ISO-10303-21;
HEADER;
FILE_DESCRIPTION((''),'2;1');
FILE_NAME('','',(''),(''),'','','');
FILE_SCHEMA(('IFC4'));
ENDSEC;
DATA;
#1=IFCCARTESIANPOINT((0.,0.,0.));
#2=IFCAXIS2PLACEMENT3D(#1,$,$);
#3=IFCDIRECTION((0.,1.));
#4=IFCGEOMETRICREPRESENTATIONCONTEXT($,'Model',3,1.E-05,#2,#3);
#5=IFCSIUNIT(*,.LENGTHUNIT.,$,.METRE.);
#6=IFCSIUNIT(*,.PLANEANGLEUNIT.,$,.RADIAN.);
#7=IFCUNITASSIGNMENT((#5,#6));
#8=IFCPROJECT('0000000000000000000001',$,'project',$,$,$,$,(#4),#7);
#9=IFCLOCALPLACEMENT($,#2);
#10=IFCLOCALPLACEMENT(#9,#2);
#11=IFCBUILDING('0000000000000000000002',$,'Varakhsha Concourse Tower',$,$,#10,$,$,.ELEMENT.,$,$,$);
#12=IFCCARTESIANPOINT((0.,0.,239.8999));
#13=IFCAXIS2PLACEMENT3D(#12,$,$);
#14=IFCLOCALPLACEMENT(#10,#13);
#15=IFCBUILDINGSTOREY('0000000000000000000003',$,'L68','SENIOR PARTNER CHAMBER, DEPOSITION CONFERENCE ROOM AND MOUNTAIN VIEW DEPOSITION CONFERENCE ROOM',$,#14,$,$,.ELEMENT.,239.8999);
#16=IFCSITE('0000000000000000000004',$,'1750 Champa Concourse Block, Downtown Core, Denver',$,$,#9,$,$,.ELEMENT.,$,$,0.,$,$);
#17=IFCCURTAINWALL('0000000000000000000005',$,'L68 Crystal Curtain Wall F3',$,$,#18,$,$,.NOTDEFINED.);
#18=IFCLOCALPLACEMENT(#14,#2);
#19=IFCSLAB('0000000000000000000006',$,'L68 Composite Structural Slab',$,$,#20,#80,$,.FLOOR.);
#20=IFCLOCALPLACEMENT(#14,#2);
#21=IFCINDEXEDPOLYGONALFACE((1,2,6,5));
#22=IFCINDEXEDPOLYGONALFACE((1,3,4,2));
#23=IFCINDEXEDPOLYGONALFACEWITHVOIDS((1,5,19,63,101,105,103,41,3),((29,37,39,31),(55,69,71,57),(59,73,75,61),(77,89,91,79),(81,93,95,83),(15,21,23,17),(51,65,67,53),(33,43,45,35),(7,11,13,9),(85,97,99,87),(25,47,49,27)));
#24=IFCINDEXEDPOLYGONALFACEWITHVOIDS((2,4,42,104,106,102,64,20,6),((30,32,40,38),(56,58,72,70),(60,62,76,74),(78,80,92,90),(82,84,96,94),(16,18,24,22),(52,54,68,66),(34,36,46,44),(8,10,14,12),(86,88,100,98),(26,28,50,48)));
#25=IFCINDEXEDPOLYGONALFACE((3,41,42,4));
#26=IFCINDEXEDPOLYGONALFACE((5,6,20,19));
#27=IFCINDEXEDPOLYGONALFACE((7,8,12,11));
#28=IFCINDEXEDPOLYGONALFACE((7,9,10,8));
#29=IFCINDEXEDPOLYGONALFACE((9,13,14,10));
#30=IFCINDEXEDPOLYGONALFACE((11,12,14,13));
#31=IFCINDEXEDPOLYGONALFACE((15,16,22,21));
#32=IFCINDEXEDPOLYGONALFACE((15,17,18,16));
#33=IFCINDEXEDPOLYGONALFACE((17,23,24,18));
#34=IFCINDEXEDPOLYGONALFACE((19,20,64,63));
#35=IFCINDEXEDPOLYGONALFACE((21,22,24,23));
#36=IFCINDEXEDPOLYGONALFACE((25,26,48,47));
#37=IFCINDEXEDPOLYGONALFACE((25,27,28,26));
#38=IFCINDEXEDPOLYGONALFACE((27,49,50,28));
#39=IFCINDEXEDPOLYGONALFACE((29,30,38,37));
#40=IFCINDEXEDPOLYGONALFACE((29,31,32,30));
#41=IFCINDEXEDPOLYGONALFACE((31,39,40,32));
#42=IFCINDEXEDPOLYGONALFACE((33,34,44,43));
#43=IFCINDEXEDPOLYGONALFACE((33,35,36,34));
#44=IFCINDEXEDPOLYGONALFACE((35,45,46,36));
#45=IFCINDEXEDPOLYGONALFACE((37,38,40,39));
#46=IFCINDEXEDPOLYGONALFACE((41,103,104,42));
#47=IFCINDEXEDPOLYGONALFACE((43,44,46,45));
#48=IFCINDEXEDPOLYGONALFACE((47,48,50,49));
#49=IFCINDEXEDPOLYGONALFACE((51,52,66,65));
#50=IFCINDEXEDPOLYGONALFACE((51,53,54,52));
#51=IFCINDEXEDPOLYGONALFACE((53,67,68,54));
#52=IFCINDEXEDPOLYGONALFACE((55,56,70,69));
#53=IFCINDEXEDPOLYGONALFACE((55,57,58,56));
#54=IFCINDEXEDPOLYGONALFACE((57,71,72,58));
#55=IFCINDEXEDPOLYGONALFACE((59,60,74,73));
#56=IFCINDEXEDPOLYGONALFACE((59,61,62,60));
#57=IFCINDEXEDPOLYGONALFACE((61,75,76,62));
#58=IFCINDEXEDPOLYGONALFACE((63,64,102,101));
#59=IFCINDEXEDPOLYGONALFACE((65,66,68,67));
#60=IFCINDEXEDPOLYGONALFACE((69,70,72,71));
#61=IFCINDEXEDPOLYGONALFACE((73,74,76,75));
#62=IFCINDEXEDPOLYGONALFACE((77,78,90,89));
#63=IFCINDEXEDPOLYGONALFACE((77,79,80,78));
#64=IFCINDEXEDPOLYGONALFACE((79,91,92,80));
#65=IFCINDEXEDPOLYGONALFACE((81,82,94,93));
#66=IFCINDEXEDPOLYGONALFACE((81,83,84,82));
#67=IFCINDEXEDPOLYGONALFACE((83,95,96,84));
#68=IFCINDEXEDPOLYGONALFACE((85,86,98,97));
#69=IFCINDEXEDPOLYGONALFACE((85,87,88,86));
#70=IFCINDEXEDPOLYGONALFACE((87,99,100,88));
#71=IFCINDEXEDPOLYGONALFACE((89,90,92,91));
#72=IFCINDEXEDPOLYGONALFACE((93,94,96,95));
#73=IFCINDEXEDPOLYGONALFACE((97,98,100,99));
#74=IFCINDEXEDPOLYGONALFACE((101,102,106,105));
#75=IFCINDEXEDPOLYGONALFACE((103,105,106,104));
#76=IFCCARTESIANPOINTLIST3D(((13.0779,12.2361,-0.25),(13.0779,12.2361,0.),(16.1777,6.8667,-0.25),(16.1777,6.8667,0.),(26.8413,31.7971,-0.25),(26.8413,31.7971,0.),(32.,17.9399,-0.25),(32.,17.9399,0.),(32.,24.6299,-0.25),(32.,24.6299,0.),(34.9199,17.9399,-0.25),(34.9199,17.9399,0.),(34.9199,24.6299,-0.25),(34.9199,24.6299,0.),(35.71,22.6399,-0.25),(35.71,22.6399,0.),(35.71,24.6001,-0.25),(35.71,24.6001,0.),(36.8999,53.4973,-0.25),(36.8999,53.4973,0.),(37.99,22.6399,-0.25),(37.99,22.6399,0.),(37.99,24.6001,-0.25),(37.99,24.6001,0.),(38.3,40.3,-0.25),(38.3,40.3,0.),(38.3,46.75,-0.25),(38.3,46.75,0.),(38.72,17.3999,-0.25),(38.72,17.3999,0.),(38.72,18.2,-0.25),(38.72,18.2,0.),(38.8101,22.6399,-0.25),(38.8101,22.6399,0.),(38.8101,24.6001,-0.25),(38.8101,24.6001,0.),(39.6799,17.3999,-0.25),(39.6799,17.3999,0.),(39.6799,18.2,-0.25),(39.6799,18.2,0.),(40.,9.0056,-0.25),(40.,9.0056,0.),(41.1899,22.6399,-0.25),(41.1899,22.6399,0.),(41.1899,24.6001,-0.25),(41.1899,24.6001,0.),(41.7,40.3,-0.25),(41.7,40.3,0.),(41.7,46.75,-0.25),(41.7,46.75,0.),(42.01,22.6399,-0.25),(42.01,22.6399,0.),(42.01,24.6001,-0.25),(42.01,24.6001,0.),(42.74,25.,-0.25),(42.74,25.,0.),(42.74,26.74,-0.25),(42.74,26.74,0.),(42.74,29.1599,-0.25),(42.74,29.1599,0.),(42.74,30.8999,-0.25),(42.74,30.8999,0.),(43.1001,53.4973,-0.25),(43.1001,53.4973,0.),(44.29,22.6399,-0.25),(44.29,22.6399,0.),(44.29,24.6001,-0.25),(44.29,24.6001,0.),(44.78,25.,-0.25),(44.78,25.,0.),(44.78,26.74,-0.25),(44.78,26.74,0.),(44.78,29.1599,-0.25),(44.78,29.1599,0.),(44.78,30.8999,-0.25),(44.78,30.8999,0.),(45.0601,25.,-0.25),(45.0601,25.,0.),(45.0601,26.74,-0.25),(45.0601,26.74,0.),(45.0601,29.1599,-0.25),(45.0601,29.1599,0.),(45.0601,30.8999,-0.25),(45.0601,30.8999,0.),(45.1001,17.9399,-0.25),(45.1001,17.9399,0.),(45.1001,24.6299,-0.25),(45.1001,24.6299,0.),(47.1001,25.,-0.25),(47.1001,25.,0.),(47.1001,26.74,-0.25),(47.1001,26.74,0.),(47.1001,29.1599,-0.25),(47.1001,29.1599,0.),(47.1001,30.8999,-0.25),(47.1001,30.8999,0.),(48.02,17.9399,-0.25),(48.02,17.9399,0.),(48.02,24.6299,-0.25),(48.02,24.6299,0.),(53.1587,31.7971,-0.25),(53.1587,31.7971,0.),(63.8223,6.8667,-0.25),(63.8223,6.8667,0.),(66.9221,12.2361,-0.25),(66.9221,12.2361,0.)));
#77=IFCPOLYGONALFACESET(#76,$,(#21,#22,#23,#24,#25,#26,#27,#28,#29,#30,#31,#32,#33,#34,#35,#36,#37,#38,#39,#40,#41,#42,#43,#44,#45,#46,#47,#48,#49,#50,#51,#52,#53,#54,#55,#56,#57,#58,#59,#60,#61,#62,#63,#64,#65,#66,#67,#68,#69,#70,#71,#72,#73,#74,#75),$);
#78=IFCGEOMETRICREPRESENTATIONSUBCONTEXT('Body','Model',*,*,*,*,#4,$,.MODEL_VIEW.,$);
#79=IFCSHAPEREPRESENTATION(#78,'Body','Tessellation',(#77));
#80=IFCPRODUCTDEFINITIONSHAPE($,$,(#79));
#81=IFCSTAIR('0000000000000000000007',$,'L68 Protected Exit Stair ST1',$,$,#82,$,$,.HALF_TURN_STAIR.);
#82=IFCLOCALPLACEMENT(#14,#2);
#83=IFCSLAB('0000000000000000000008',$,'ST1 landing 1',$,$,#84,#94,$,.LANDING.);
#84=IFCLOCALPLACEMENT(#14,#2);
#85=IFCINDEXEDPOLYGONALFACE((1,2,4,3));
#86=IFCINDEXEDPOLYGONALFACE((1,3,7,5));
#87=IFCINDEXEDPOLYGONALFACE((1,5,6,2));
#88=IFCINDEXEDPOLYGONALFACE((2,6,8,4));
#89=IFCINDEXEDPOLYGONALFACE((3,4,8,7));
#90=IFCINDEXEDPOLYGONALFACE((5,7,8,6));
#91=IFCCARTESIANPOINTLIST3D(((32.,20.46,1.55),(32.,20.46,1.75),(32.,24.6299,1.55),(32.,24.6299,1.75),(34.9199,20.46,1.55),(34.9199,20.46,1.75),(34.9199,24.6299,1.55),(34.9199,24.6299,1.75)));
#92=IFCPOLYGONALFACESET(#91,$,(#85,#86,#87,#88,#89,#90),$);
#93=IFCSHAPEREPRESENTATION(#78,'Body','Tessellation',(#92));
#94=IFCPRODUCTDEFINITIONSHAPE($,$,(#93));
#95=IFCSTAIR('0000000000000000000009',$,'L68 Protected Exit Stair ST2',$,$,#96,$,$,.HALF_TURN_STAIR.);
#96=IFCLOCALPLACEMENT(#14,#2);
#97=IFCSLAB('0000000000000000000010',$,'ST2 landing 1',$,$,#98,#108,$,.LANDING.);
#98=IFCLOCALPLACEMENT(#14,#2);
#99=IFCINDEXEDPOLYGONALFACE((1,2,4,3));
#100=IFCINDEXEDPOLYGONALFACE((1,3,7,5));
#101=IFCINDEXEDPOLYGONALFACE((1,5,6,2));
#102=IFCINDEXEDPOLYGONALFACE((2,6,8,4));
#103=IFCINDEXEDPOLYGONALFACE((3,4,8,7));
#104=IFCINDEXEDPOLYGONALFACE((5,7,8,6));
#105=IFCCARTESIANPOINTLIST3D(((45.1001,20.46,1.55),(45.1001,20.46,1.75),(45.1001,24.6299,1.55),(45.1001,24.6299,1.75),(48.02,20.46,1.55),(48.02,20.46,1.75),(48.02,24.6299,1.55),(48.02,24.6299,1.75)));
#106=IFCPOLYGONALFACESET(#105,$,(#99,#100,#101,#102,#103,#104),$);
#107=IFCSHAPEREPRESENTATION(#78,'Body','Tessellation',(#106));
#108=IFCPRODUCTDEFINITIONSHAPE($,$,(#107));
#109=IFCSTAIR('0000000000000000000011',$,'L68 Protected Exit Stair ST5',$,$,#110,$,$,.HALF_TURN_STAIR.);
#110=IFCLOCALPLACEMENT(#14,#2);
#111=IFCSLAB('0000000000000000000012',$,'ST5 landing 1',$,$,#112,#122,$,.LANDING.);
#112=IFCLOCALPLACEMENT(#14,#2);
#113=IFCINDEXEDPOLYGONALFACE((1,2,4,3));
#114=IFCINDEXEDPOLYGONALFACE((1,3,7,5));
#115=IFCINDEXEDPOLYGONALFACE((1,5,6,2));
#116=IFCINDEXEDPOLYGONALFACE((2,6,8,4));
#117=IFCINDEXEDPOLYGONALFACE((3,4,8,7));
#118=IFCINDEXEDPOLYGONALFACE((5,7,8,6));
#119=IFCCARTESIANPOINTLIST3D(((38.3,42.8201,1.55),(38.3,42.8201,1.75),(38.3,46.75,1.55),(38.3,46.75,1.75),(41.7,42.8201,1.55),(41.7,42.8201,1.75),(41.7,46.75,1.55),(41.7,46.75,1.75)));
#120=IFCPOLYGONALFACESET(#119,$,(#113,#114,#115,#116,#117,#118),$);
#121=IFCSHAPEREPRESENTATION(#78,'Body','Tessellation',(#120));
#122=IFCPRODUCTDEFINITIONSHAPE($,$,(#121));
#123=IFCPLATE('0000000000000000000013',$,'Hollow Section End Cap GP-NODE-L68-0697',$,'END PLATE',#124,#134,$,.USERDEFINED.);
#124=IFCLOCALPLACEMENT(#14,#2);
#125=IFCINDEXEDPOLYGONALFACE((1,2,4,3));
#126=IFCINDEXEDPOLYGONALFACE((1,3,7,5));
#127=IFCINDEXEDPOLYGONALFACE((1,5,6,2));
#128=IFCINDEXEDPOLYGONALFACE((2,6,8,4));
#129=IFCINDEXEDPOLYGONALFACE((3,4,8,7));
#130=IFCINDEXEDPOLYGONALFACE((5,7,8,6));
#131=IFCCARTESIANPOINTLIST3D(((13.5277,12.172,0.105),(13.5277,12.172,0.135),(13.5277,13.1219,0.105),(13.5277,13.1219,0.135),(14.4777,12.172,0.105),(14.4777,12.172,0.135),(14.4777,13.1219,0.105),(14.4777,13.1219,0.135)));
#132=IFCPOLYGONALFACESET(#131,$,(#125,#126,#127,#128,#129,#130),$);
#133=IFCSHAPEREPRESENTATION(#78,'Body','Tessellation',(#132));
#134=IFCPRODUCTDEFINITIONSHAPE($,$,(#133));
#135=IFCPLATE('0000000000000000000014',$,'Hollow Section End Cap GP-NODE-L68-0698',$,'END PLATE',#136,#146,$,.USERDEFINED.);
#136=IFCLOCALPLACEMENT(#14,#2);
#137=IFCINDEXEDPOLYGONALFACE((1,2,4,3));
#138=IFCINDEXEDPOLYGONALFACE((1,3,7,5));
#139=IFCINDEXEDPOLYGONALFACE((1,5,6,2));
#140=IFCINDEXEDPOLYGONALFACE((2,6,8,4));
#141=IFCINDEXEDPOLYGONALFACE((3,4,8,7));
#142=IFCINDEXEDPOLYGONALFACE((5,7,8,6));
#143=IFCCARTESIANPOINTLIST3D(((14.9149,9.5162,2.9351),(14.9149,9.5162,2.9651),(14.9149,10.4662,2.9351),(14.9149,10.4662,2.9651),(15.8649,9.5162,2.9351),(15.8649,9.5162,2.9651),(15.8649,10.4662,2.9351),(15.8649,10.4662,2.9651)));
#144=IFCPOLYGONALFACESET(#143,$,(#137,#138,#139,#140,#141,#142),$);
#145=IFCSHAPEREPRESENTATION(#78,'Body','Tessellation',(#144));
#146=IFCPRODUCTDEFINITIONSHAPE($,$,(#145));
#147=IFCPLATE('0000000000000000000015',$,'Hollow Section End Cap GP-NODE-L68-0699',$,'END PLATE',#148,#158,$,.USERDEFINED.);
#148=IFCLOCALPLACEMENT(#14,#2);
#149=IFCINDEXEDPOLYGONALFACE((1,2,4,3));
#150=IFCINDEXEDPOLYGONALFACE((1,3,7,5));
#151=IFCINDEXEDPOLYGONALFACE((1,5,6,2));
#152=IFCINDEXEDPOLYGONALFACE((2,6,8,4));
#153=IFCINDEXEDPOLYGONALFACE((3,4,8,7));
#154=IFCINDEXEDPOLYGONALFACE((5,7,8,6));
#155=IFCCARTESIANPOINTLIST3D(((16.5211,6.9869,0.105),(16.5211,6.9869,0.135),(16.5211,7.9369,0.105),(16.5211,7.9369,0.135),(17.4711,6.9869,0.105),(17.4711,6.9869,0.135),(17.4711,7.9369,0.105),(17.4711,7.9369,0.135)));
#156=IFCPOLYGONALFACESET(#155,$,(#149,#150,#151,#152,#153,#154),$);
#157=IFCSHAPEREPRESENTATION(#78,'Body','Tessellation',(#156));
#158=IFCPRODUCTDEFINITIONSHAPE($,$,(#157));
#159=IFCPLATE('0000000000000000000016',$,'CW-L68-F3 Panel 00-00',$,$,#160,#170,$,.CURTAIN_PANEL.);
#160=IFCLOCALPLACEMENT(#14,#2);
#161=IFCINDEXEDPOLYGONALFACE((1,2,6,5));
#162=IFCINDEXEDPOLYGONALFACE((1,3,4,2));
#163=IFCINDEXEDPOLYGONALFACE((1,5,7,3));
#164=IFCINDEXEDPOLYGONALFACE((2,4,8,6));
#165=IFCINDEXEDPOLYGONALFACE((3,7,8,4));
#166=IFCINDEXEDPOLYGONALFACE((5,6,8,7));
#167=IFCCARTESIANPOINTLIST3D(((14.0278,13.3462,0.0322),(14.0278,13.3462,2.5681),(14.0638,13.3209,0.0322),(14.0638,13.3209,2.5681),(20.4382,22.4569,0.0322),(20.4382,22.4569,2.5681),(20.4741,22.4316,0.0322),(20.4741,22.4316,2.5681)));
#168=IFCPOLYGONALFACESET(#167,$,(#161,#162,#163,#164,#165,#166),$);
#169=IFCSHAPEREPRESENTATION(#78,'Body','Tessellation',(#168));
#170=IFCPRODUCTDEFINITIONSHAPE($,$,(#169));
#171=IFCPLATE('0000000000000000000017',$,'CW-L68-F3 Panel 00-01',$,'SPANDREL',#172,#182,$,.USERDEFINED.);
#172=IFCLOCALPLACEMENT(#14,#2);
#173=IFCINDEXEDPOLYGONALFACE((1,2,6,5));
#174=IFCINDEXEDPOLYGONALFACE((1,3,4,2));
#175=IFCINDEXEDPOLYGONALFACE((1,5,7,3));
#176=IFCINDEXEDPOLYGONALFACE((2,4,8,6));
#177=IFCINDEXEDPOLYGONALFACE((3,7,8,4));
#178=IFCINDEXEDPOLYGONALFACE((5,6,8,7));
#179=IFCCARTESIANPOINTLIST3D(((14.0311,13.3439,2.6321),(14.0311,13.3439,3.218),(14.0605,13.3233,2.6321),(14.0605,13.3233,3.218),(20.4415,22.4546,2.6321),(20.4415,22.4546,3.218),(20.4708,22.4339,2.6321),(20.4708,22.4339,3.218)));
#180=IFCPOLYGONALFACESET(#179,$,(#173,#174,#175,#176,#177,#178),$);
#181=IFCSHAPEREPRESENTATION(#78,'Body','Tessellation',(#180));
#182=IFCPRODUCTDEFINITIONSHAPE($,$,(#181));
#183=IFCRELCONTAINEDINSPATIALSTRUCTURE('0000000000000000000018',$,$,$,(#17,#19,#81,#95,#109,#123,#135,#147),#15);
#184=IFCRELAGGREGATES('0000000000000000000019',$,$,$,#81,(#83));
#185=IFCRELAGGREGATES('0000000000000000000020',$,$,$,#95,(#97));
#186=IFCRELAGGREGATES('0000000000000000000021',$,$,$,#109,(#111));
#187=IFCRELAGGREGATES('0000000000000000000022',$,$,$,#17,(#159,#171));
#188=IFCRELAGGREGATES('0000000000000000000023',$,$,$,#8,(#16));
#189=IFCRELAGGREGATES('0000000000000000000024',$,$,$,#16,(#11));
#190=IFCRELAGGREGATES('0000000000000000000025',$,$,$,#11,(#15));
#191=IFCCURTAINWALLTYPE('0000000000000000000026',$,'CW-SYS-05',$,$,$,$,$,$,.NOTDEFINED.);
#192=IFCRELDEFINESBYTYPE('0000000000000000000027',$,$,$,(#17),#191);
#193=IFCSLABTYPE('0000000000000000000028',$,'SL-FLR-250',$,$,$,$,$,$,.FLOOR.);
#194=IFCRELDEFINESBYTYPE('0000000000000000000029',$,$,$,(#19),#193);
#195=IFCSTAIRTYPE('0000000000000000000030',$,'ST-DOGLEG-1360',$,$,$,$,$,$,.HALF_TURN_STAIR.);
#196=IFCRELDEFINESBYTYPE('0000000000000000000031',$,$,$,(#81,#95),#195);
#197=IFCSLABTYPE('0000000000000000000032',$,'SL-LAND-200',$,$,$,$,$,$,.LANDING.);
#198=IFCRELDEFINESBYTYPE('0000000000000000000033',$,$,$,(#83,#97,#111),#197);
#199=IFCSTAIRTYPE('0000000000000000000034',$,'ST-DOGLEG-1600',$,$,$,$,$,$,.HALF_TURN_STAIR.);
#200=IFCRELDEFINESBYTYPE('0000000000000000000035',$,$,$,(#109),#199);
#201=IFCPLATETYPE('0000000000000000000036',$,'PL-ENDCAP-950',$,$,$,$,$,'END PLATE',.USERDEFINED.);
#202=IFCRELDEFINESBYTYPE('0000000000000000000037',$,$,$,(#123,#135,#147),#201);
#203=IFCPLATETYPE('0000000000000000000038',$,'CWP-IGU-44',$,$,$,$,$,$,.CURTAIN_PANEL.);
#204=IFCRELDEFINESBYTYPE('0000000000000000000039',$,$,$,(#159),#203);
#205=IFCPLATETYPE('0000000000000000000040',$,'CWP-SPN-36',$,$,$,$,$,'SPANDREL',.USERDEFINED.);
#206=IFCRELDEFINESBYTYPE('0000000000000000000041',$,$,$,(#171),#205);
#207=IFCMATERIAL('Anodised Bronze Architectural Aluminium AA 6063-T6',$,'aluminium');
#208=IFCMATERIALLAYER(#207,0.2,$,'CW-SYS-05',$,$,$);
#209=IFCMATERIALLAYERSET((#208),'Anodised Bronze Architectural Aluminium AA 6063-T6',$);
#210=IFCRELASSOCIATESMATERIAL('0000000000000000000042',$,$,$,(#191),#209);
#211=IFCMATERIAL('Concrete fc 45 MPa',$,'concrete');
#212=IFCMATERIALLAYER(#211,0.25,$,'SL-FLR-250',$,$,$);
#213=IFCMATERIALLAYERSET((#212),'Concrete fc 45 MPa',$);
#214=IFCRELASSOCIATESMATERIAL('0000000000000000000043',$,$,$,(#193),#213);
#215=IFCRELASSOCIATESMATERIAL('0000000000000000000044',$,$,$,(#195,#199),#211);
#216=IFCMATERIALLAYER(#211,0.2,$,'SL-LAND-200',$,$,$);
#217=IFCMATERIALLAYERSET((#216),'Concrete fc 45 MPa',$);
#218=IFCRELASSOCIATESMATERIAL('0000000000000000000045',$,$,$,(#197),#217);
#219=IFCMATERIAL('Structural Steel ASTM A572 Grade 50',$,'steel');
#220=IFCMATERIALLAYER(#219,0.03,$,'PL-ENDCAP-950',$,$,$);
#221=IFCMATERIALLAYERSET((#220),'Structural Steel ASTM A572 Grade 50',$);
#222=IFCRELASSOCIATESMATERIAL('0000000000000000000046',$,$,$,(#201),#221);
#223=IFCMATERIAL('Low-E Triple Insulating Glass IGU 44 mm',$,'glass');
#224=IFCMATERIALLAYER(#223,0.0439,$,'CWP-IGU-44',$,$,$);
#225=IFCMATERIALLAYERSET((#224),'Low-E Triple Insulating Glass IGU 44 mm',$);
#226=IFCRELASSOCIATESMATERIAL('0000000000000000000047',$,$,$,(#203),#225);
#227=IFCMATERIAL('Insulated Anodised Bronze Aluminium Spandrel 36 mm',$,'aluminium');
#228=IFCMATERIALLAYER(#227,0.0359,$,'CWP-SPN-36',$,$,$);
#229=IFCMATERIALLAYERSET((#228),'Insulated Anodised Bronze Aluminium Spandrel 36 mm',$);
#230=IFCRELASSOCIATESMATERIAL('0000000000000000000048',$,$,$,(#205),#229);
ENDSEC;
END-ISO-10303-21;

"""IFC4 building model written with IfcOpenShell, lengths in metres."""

from ifc_helpers import new_model, si_unit, direction, frame, origin, origin_2d, place, context, subcontext, project, spatial, polyline, rectangle, outline, extrude, source, transform, mapped, material, layer, layer_set, type_object, type_shapes, element, aggregate, save


model = new_model("IFC4")

# Units and contexts
model_context = context("Model", 3, precision=1e-05, world=origin(), true_north=direction((0.0, 1.0)))
body_context = subcontext(model_context, "Body", "Model", "MODEL_VIEW")
ifc_project = project(units=[si_unit("LENGTHUNIT", "METRE"), si_unit("PLANEANGLEUNIT", "RADIAN")], contexts=[model_context])

# Site, building, storey
site_placement = place(None, origin())
site = spatial("IfcSite", under=ifc_project, at=site_placement, Name="1750 Champa Concourse Block, Downtown Core, Denver", CompositionType="ELEMENT", RefElevation=0.0)
building_placement = place(site_placement, origin())
building = spatial("IfcBuilding", under=site, at=building_placement, Name="Varakhsha Concourse Tower", CompositionType="ELEMENT")
storey_placement = place(building_placement, frame((0.0, 0.0, 239.8999)))
storey = spatial("IfcBuildingStorey", under=building, at=storey_placement, Name="L68", Description="SENIOR PARTNER CHAMBER, DEPOSITION CONFERENCE ROOM AND MOUNTAIN VIEW DEPOSITION CONFERENCE ROOM", CompositionType="ELEMENT", Elevation=239.8999)

# Shared definitions
ifc_material_1 = material(Name="Structural Steel ASTM A572 Grade 50", Category="steel")

# Curtain wall
ifc_material_2 = material(Name="Anodised Bronze Architectural Aluminium AA 6063-T6", Category="aluminium")
ifc_layer_1 = layer(ifc_material_2, 0.2, Name="CW-SYS-05")
ifc_layer_set_1 = layer_set([ifc_layer_1], Name="Anodised Bronze Architectural Aluminium AA 6063-T6")
curtain_wall_type = type_object("IfcCurtainWallType", Name="CW-SYS-05", PredefinedType="NOTDEFINED", material=ifc_layer_set_1)
curtain_wall_1_placement = place(storey_placement, origin())
curtain_wall_1 = element("IfcCurtainWall", 1, at=curtain_wall_1_placement, inside=storey, type_object=curtain_wall_type, Name="L68 Crystal Curtain Wall F3", PredefinedType="NOTDEFINED")

# Slab
ifc_material_3 = material(Name="Concrete fc 45 MPa", Category="concrete")
ifc_layer_2 = layer(ifc_material_3, 0.25, Name="SL-FLR-250")
ifc_layer_set_2 = layer_set([ifc_layer_2], Name="Concrete fc 45 MPa")
slab_type_1 = type_object("IfcSlabType", Name="SL-FLR-250", PredefinedType="FLOOR", material=ifc_layer_set_2)
slab_1_placement = place(storey_placement, frame((0.0, 0.0, -0.25)))
element("IfcSlab", 2, at=slab_1_placement, inside=storey, type_object=slab_type_1, Name="L68 Composite Structural Slab", PredefinedType="FLOOR", context=body_context, shape_type="SweptSolid", body=[
    extrude(outline(polyline([(43.1001, 53.4973), (36.8999, 53.4973), (26.8413, 31.7971), (13.0779, 12.2361), (16.1777, 6.8667), (40.0, 9.0056), (63.8223, 6.8667), (66.9221, 12.2361), (53.1587, 31.7971), (43.1001, 53.4973)]), holes=[polyline([(34.9199, 17.9399), (34.9199, 24.6299), (32.0, 24.6299), (32.0, 17.9399), (34.9199, 17.9399)]), polyline([(48.02, 17.9399), (48.02, 24.6299), (45.1001, 24.6299), (45.1001, 17.9399), (48.02, 17.9399)]), polyline([(41.7, 40.3), (41.7, 46.75), (38.3, 46.75), (38.3, 40.3), (41.7, 40.3)]), polyline([(42.74, 29.1599), (44.78, 29.1599), (44.78, 30.8999), (42.74, 30.8999), (42.74, 29.1599)]), polyline([(45.0601, 29.1599), (47.1001, 29.1599), (47.1001, 30.8999), (45.0601, 30.8999), (45.0601, 29.1599)]), polyline([(42.74, 25.0), (44.78, 25.0), (44.78, 26.74), (42.74, 26.74), (42.74, 25.0)]), polyline([(45.0601, 25.0), (47.1001, 25.0), (47.1001, 26.74), (45.0601, 26.74), (45.0601, 25.0)]), polyline([(35.71, 22.6399), (37.99, 22.6399), (37.99, 24.6001), (35.71, 24.6001), (35.71, 22.6399)]), polyline([(42.01, 22.6399), (44.29, 22.6399), (44.29, 24.6001), (42.01, 24.6001), (42.01, 22.6399)]), polyline([(38.8101, 22.6399), (41.1899, 22.6399), (41.1899, 24.6001), (38.8101, 24.6001), (38.8101, 22.6399)]), polyline([(38.72, 17.3999), (39.6799, 17.3999), (39.6799, 18.2), (38.72, 18.2), (38.72, 17.3999)])]), origin(), (0.0, 0.0, 1.0), 0.25),
])

# Stairs, slabs
stair_type_1 = type_object("IfcStairType", Name="ST-DOGLEG-1360", PredefinedType="HALF_TURN_STAIR", material=ifc_material_3)
stair_1_placement = place(storey_placement, origin())
stair_1 = element("IfcStair", 3, at=stair_1_placement, inside=storey, type_object=stair_type_1, Name="L68 Protected Exit Stair ST1", PredefinedType="HALF_TURN_STAIR")
ifc_layer_3 = layer(ifc_material_3, 0.2, Name="SL-LAND-200")
ifc_layer_set_3 = layer_set([ifc_layer_3], Name="Concrete fc 45 MPa")
slab_type_2 = type_object("IfcSlabType", Name="SL-LAND-200", PredefinedType="LANDING", material=ifc_layer_set_3)
slab_2_placement = place(storey_placement, frame((0.0, 0.0, 1.55)))
slab_2 = element("IfcSlab", 4, at=slab_2_placement, type_object=slab_type_2, Name="ST1 landing 1", PredefinedType="LANDING", context=body_context, shape_type="SweptSolid", body=[
    extrude(outline(polyline([(34.9199, 20.46), (34.9199, 24.6299), (32.0, 24.6299), (32.0, 20.46), (34.9199, 20.46)])), origin(), (0.0, 0.0, 1.0), 0.2),
])
aggregate(stair_1, [slab_2])
stair_2_placement = place(storey_placement, origin())
stair_2 = element("IfcStair", 5, at=stair_2_placement, inside=storey, type_object=stair_type_1, Name="L68 Protected Exit Stair ST2", PredefinedType="HALF_TURN_STAIR")
slab_3_placement = place(storey_placement, frame((0.0, 0.0, 1.55)))
slab_3 = element("IfcSlab", 6, at=slab_3_placement, type_object=slab_type_2, Name="ST2 landing 1", PredefinedType="LANDING", context=body_context, shape_type="SweptSolid", body=[
    extrude(outline(polyline([(48.02, 20.46), (48.02, 24.6299), (45.1001, 24.6299), (45.1001, 20.46), (48.02, 20.46)])), origin(), (0.0, 0.0, 1.0), 0.2),
])
aggregate(stair_2, [slab_3])
stair_type_2 = type_object("IfcStairType", Name="ST-DOGLEG-1600", PredefinedType="HALF_TURN_STAIR", material=ifc_material_3)
stair_3_placement = place(storey_placement, origin())
stair_3 = element("IfcStair", 7, at=stair_3_placement, inside=storey, type_object=stair_type_2, Name="L68 Protected Exit Stair ST5", PredefinedType="HALF_TURN_STAIR")
slab_4_placement = place(storey_placement, frame((0.0, 0.0, 1.55)))
slab_4 = element("IfcSlab", 8, at=slab_4_placement, type_object=slab_type_2, Name="ST5 landing 1", PredefinedType="LANDING", context=body_context, shape_type="SweptSolid", body=[
    extrude(outline(polyline([(41.7, 42.8201), (41.7, 46.75), (38.3, 46.75), (38.3, 42.8201), (41.7, 42.8201)])), origin(), (0.0, 0.0, 1.0), 0.2),
])
aggregate(stair_3, [slab_4])

# Plates
ifc_layer_4 = layer(ifc_material_1, 0.03, Name="PL-ENDCAP-950")
ifc_layer_set_4 = layer_set([ifc_layer_4], Name="Structural Steel ASTM A572 Grade 50")
plate_type_1 = type_object("IfcPlateType", Name="PL-ENDCAP-950", ElementType="END PLATE", PredefinedType="USERDEFINED", material=ifc_layer_set_4)
shared_shape_1 = source(origin(), body_context, "Body", "SweptSolid", [
    extrude(rectangle(XDim=0.95, YDim=0.95, at=origin_2d()), origin(), (0.0, 0.0, 1.0), 0.03),
])
type_shapes(plate_type_1, [shared_shape_1])
for number, where, z_axis, x_axis, name in (
    (9, (14.0027, 12.647, 0.105), (0.0, 0.0, 1.0), (1.0, 0.0, 0.0), "Hollow Section End Cap GP-NODE-L68-0697"),
    (10, (15.3899, 9.9912, 2.9351), (0.0, 0.0, 1.0), (1.0, 0.0, 0.0), "Hollow Section End Cap GP-NODE-L68-0698"),
    (11, (16.9961, 7.4619, 0.105), (0.0, 0.0, 1.0), (1.0, 0.0, 0.0), "Hollow Section End Cap GP-NODE-L68-0699"),
):
    element("IfcPlate", number, at=place(storey_placement, frame(where, z_axis=z_axis, x_axis=x_axis)), inside=storey, type_object=plate_type_1, Name=name, ObjectType="END PLATE", PredefinedType="USERDEFINED", context=body_context, shape_type="MappedRepresentation", body=[
        mapped(shared_shape_1, transform((0.0, 0.0, 0.0), scale=1.0)),
    ])

# Plates
ifc_material_4 = material(Name="Low-E Triple Insulating Glass IGU 44 mm", Category="glass")
ifc_layer_5 = layer(ifc_material_4, 0.0439, Name="CWP-IGU-44")
ifc_layer_set_5 = layer_set([ifc_layer_5], Name="Low-E Triple Insulating Glass IGU 44 mm")
plate_type_2 = type_object("IfcPlateType", Name="CWP-IGU-44", PredefinedType="CURTAIN_PANEL", material=ifc_layer_set_5)
shared_shape_2 = source(origin(), body_context, "Body", "SweptSolid", [
    extrude(rectangle(XDim=11.1399, YDim=0.0439, at=origin_2d()), origin(), (0.0, 0.0, 1.0), 2.5359),
])
type_shapes(plate_type_2, [shared_shape_2])
plate_1_placement = place(storey_placement, frame((17.251, 17.8889, 0.0322), z_axis=(0.0, 0.0, 1.0), x_axis=(0.575444, 0.817842, 0.0)))
plate_1 = element("IfcPlate", 12, at=plate_1_placement, type_object=plate_type_2, Name="CW-L68-F3 Panel 00-00", PredefinedType="CURTAIN_PANEL", context=body_context, shape_type="MappedRepresentation", body=[
    mapped(shared_shape_2, transform((0.0, 0.0, 0.0), scale=1.0)),
])
ifc_material_5 = material(Name="Insulated Anodised Bronze Aluminium Spandrel 36 mm", Category="aluminium")
ifc_layer_6 = layer(ifc_material_5, 0.0359, Name="CWP-SPN-36")
ifc_layer_set_6 = layer_set([ifc_layer_6], Name="Insulated Anodised Bronze Aluminium Spandrel 36 mm")
plate_type_3 = type_object("IfcPlateType", Name="CWP-SPN-36", ElementType="SPANDREL", PredefinedType="USERDEFINED", material=ifc_layer_set_6)
shared_shape_3 = source(origin(), body_context, "Body", "SweptSolid", [
    extrude(rectangle(XDim=11.1399, YDim=0.0359, at=origin_2d()), origin(), (0.0, 0.0, 1.0), 0.5859),
])
plate_2_placement = place(storey_placement, frame((17.251, 17.8889, 2.6321), z_axis=(0.0, 0.0, 1.0), x_axis=(0.575444, 0.817842, 0.0)))
plate_2 = element("IfcPlate", 13, at=plate_2_placement, type_object=plate_type_3, Name="CW-L68-F3 Panel 00-01", ObjectType="SPANDREL", PredefinedType="USERDEFINED", context=body_context, shape_type="MappedRepresentation", body=[
    mapped(shared_shape_3, transform((0.0, 0.0, 0.0), scale=1.0)),
])
aggregate(curtain_wall_1, [plate_1, plate_2])

save(model, "model.ifc")
